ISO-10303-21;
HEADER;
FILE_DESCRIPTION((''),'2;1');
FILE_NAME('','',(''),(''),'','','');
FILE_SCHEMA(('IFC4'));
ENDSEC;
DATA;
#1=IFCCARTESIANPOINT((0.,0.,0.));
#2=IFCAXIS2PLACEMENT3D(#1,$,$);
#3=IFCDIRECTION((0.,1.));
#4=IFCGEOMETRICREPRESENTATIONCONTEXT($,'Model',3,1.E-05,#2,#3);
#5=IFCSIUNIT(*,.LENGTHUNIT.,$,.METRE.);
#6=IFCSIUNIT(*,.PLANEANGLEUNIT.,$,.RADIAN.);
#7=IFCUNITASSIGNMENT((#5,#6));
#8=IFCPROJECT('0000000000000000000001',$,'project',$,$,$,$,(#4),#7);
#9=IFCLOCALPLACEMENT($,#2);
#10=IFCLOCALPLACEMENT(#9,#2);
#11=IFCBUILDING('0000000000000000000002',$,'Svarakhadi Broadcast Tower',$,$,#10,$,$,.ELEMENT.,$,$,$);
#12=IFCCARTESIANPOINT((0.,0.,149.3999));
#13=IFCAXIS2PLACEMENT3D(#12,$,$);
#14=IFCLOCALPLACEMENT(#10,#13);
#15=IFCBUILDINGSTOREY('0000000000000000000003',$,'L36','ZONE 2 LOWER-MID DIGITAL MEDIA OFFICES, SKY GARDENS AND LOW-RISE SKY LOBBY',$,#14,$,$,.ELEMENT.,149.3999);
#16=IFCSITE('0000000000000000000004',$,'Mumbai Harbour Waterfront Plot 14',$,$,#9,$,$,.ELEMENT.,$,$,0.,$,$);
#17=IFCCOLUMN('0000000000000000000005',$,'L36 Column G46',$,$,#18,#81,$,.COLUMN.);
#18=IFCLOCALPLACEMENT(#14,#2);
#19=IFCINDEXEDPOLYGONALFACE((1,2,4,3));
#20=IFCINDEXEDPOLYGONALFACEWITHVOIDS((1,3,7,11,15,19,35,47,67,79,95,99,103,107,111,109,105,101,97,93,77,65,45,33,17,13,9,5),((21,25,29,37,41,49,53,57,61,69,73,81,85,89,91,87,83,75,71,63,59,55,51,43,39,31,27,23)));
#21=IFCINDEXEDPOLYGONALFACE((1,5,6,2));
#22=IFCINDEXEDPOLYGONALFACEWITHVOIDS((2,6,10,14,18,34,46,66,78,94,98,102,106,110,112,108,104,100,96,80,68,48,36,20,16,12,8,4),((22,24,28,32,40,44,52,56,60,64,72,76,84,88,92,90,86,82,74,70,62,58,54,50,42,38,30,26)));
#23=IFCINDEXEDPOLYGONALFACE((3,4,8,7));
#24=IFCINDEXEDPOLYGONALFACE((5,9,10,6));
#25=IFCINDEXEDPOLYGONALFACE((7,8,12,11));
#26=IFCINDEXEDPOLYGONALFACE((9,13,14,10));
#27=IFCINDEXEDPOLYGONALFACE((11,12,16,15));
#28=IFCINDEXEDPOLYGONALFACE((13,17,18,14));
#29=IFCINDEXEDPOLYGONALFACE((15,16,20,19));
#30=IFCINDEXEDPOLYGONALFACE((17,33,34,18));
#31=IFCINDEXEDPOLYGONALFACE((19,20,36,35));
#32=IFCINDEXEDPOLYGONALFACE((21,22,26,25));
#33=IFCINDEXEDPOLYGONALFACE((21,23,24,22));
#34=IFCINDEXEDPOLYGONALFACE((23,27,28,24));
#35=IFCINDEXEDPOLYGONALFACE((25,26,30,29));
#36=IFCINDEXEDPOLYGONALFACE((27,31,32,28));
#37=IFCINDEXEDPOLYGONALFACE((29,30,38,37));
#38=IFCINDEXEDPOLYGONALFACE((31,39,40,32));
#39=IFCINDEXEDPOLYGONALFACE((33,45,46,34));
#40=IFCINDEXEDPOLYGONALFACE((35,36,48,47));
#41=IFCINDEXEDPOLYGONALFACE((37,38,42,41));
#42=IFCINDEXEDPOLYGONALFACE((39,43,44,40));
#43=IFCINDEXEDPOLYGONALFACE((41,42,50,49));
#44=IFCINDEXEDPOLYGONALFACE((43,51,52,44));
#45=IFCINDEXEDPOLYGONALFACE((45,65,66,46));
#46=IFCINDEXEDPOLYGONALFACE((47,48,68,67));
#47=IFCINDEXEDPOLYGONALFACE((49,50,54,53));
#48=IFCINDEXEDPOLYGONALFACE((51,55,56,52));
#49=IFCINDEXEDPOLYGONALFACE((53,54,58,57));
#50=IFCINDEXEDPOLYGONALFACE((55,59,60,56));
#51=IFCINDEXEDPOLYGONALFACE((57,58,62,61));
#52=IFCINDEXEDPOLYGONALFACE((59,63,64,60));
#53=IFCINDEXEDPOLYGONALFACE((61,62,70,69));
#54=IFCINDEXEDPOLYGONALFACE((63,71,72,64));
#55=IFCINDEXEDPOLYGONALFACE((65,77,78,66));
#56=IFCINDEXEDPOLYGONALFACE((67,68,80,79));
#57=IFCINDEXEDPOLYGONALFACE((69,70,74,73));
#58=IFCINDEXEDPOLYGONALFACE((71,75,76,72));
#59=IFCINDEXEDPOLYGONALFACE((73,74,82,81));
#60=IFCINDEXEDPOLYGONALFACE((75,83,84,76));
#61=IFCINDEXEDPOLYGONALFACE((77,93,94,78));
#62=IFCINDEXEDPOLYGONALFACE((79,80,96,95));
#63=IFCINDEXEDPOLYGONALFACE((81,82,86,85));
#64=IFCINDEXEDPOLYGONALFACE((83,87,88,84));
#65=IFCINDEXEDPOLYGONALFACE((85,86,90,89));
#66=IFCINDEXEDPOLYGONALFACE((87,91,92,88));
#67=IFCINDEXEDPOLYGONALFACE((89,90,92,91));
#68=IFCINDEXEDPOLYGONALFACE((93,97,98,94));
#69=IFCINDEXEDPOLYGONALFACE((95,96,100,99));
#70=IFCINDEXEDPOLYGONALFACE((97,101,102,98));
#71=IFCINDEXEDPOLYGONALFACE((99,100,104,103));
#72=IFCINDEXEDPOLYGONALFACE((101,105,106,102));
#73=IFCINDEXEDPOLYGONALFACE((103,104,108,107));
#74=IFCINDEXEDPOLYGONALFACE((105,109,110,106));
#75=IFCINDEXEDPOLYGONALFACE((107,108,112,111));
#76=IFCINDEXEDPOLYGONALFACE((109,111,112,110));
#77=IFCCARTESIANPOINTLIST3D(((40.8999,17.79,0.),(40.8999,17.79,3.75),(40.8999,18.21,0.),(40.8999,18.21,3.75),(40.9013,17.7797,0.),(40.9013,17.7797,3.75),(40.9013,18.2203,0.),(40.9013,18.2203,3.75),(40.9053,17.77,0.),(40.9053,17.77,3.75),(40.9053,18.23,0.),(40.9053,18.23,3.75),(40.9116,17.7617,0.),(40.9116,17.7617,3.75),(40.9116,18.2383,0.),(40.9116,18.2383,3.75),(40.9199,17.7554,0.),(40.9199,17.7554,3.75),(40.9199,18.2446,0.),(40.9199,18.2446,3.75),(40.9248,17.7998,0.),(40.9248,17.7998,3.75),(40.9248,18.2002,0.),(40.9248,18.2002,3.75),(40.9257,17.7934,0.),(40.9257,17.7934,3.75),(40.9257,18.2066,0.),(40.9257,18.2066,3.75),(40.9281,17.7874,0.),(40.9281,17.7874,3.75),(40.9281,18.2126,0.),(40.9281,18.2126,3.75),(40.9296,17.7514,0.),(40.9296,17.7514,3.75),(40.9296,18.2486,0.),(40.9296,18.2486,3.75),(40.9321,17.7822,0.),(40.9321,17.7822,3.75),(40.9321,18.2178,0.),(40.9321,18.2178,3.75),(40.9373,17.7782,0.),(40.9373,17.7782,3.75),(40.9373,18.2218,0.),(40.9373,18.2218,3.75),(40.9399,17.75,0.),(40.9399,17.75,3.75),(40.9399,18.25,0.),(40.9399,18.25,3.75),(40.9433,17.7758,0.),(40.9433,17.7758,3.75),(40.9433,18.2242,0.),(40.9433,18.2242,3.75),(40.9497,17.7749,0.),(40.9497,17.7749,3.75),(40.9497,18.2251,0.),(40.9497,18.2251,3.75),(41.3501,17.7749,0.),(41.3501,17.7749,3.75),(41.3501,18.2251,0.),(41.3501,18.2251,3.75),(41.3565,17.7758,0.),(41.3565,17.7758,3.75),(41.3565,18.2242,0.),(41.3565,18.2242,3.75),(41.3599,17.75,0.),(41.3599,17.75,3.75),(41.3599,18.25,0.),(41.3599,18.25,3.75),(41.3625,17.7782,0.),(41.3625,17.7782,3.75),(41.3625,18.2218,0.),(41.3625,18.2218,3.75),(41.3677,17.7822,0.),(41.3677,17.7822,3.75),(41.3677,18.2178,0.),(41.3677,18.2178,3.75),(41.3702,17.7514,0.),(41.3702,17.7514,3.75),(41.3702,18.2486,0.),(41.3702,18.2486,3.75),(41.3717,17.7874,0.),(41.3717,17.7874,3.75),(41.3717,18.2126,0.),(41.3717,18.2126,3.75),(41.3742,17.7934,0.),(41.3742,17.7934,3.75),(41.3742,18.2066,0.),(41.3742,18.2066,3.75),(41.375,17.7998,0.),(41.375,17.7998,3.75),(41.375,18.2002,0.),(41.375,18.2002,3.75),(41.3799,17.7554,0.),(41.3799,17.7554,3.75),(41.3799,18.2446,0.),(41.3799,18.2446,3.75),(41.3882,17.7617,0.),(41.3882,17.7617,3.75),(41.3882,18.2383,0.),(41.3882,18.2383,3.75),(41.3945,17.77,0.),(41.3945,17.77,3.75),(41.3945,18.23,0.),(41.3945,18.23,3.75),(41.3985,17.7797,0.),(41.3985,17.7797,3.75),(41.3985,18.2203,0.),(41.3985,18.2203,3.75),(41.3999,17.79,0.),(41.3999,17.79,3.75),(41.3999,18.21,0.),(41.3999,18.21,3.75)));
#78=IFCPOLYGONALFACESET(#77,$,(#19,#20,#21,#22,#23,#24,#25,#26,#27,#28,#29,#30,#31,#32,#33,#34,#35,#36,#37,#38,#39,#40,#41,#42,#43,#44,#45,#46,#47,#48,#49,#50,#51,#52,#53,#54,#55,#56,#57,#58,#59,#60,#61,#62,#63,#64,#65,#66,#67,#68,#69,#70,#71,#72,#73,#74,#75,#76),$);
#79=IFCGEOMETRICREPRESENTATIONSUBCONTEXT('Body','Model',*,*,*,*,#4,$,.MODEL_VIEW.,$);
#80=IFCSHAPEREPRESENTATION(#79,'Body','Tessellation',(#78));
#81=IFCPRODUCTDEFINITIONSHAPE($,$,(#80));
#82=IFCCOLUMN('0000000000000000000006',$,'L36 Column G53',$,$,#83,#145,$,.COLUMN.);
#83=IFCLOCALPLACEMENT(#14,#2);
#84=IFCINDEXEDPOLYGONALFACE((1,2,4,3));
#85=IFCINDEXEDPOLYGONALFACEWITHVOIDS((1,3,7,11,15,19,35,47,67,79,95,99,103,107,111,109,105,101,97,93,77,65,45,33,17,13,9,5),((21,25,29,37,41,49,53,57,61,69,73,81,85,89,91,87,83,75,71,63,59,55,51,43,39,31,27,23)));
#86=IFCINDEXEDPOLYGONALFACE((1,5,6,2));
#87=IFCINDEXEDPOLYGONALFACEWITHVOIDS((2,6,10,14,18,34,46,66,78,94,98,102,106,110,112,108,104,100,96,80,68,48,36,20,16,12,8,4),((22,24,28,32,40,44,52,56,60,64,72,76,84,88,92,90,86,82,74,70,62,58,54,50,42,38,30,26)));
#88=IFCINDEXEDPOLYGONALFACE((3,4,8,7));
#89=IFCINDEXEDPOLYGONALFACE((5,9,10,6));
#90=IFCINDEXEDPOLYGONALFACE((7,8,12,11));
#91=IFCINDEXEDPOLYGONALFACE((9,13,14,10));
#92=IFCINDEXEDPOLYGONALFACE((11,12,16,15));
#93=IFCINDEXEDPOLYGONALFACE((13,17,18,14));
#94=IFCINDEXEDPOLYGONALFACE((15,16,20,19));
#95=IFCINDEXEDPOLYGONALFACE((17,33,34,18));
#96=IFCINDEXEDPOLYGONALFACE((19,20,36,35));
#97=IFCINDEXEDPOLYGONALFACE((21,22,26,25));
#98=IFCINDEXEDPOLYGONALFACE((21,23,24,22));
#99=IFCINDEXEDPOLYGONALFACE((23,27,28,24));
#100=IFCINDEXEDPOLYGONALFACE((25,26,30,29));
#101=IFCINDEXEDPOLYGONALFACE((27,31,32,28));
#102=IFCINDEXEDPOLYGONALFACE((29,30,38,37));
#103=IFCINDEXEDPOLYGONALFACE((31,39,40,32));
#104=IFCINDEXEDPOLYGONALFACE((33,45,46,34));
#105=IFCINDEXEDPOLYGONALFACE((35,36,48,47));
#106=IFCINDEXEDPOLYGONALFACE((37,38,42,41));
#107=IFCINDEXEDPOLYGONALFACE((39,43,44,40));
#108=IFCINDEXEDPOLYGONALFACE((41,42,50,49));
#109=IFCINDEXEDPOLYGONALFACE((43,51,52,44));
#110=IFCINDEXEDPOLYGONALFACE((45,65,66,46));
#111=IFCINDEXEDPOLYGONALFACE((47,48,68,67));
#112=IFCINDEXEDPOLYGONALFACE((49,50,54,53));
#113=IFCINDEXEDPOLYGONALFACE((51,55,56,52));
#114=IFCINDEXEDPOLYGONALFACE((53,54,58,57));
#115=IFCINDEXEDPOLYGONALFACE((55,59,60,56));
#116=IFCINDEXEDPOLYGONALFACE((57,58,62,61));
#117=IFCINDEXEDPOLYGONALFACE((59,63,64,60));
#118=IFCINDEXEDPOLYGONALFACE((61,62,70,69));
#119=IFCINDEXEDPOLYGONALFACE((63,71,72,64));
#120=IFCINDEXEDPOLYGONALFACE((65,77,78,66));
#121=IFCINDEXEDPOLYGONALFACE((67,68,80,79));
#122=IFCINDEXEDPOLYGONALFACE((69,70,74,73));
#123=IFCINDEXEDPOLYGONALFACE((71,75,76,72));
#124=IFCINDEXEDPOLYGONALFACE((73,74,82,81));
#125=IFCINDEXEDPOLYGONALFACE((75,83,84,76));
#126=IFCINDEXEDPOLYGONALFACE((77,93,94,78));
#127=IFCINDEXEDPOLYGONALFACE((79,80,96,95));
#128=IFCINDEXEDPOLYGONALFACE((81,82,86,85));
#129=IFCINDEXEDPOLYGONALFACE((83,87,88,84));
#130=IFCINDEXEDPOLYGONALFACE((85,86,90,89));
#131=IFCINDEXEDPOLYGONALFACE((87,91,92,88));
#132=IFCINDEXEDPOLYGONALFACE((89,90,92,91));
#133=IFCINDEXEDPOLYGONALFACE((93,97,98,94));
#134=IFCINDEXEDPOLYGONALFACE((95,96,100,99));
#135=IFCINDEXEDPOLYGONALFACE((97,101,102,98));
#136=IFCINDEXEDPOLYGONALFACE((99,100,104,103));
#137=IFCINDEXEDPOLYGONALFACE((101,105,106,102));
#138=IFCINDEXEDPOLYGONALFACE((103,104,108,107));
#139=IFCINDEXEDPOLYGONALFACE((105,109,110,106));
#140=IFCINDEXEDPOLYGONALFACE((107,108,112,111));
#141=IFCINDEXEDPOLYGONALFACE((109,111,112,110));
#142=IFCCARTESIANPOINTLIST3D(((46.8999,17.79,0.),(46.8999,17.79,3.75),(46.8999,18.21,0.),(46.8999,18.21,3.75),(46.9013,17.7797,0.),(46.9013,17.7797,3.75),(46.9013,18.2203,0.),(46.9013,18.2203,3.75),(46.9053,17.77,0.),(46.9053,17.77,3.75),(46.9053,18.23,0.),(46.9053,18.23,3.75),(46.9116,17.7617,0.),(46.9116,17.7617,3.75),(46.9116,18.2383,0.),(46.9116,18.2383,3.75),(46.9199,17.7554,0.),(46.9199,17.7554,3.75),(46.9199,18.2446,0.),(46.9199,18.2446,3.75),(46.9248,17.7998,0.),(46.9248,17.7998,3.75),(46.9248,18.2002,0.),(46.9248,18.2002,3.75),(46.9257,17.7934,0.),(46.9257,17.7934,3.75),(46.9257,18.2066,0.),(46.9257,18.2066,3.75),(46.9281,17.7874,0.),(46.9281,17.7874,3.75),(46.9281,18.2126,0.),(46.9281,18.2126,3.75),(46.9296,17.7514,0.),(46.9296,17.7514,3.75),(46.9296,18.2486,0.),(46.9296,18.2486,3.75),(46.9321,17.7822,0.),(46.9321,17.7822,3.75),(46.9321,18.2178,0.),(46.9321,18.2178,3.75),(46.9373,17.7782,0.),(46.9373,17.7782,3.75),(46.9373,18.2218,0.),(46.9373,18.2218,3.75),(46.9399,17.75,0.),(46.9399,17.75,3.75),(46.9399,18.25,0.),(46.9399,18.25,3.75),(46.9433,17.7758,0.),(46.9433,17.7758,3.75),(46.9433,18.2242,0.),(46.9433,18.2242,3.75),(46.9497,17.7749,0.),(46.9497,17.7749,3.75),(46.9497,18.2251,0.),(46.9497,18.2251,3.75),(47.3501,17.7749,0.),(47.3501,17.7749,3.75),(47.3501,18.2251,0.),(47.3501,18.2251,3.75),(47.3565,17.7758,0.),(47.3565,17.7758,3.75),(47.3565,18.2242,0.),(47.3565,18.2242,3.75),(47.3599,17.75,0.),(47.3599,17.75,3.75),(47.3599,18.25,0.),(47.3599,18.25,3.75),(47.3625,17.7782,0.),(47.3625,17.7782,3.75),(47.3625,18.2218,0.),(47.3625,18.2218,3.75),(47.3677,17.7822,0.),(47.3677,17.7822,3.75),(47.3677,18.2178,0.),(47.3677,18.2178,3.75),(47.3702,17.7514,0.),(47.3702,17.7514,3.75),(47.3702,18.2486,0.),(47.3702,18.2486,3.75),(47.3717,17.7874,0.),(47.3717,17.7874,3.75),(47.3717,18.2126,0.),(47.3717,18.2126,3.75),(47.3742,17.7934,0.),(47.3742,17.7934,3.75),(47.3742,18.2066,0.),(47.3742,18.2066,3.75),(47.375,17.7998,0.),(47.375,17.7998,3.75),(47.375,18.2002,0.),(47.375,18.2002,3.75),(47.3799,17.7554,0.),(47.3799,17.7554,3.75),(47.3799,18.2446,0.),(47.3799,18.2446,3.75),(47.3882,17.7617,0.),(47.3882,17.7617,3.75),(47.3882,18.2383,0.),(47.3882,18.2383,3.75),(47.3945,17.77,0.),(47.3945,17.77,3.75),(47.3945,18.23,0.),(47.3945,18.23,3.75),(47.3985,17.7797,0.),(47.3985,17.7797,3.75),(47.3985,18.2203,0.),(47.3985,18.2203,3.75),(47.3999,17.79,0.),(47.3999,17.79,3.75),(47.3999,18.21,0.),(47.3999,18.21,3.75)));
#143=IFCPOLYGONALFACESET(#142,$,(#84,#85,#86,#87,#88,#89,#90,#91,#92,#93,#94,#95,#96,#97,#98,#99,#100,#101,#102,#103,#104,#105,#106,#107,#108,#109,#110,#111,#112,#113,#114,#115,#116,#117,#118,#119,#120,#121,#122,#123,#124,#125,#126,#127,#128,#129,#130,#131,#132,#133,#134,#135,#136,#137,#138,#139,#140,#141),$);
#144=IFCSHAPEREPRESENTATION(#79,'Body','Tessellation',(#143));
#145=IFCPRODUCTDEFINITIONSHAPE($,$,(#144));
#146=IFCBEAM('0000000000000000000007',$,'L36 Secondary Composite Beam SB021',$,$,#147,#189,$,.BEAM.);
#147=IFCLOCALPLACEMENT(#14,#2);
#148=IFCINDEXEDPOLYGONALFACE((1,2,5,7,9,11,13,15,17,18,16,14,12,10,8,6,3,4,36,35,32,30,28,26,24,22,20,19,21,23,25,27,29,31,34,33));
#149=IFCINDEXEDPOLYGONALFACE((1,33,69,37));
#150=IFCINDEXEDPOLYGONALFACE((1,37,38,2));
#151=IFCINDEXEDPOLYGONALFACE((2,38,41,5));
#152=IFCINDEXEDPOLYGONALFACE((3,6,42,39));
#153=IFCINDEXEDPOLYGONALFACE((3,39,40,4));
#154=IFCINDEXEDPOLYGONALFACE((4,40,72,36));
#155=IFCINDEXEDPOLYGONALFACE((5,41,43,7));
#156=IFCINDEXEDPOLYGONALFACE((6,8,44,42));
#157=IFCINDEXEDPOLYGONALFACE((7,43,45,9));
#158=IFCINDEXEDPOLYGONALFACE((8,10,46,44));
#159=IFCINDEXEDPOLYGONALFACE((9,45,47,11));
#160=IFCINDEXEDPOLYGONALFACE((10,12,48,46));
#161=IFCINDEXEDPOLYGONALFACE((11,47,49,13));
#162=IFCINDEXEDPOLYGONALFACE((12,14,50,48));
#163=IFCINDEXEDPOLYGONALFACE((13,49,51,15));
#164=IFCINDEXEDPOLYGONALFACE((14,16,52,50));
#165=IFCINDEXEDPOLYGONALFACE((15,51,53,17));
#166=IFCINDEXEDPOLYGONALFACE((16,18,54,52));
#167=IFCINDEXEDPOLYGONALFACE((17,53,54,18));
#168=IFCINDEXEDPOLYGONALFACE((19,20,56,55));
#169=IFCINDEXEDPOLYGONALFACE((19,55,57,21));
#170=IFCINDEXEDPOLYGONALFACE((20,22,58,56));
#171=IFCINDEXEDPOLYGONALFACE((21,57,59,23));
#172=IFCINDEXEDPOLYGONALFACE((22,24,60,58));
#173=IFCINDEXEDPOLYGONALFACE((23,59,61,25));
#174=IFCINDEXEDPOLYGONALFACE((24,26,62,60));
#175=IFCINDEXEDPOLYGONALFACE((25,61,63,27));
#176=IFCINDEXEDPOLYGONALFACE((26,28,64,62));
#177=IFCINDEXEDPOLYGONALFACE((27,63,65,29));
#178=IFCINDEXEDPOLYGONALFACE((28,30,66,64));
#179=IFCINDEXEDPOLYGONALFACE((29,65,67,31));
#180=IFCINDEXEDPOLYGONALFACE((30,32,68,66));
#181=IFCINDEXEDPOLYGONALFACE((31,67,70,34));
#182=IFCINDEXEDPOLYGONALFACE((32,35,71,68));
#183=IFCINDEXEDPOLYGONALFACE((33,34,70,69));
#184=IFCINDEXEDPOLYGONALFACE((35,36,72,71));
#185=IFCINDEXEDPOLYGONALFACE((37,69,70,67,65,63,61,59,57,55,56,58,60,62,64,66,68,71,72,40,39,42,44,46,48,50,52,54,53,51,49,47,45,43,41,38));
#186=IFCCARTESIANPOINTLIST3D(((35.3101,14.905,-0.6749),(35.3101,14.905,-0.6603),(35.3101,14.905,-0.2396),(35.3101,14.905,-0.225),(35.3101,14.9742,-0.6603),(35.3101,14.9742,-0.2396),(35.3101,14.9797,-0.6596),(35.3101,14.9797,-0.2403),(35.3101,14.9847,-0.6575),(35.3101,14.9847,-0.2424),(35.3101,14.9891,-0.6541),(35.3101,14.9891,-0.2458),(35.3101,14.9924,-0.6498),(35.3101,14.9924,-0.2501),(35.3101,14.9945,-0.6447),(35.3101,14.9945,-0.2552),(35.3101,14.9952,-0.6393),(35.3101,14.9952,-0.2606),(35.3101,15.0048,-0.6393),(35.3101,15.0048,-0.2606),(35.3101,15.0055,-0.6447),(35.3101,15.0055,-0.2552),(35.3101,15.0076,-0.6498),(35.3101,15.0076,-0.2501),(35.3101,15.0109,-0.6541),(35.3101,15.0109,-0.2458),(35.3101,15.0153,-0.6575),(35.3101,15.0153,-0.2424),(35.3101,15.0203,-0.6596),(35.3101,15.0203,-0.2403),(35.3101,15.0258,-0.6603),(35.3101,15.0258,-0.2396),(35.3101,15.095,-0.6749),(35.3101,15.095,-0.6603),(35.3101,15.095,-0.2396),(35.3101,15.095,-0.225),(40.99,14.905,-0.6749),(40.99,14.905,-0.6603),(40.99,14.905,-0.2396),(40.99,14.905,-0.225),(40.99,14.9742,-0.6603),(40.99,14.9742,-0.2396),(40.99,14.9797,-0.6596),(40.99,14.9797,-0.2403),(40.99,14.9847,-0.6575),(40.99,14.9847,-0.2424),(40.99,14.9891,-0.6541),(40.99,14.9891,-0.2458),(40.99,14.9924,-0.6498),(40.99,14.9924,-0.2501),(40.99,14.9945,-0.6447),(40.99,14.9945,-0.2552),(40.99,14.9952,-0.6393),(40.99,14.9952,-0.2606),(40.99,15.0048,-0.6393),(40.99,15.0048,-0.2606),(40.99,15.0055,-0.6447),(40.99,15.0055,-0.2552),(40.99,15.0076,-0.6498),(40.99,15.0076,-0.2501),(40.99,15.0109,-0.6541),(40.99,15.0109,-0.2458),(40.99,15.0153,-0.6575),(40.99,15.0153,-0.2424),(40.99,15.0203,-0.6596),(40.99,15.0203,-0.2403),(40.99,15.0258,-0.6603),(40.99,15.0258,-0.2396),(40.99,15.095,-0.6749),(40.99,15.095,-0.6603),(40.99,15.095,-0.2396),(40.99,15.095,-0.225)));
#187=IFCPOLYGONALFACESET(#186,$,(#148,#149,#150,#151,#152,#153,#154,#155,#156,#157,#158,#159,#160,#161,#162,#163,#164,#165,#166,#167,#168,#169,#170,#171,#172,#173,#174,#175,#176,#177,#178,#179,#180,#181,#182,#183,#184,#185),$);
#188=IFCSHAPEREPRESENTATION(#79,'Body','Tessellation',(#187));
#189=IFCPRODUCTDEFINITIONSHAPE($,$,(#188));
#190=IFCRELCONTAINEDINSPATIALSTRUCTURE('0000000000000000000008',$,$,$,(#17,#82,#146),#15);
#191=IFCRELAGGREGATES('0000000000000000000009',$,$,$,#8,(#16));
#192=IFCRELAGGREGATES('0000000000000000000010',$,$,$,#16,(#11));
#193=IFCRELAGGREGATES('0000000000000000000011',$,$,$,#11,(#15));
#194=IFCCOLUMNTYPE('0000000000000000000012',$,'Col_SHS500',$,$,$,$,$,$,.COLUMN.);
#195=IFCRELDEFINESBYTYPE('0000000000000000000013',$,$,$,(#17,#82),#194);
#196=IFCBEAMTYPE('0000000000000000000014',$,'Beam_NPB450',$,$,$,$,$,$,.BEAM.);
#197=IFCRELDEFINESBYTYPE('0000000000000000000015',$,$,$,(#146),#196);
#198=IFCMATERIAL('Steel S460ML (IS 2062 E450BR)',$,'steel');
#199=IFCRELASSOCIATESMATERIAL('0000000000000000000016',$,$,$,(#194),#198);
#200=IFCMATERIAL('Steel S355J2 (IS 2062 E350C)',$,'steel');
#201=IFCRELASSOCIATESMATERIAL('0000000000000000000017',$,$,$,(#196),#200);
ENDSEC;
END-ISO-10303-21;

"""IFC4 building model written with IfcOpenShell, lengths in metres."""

from ifc_helpers import new_model, si_unit, direction, frame, origin, origin_2d, place, context, subcontext, project, spatial, hollow_rectangle, i_section, extrude, material, material_profile, profile_set, type_object, element, save


model = new_model("IFC4")

# Units and contexts
model_context = context("Model", 3, precision=1e-05, world=origin(), true_north=direction((0.0, 1.0)))
body_context = subcontext(model_context, "Body", "Model", "MODEL_VIEW")
ifc_project = project(units=[si_unit("LENGTHUNIT", "METRE"), si_unit("PLANEANGLEUNIT", "RADIAN")], contexts=[model_context])

# Site, building, storey
site_placement = place(None, origin())
site = spatial("IfcSite", under=ifc_project, at=site_placement, Name="Mumbai Harbour Waterfront Plot 14", CompositionType="ELEMENT", RefElevation=0.0)
building_placement = place(site_placement, origin())
building = spatial("IfcBuilding", under=site, at=building_placement, Name="Svarakhadi Broadcast Tower", CompositionType="ELEMENT")
storey_placement = place(building_placement, frame((0.0, 0.0, 149.3999)))
storey = spatial("IfcBuildingStorey", under=building, at=storey_placement, Name="L36", Description="ZONE 2 LOWER-MID DIGITAL MEDIA OFFICES, SKY GARDENS AND LOW-RISE SKY LOBBY", CompositionType="ELEMENT", Elevation=149.3999)

# Columns
ifc_material_1 = material(Name="Steel S460ML (IS 2062 E450BR)", Category="steel")
ifc_material_profile_1 = material_profile(ifc_material_1, hollow_rectangle(XDim=0.5, YDim=0.5, WallThickness=0.0249, InnerFilletRadius=0.0249, OuterFilletRadius=0.04, at=origin_2d()), Name="SHS 500x500x25")
ifc_profile_set_1 = profile_set([ifc_material_profile_1], Name="Steel S460ML (IS 2062 E450BR)")
column_type_1 = type_object("IfcColumnType", Name="Col_SHS500", PredefinedType="COLUMN", material=ifc_profile_set_1)
for number, where, z_axis, x_axis, name in (
    (1, (41.1499, 18.0, 0.0), (0.0, 0.0, 1.0), (1.0, 0.0, 0.0), "L36 Column G46"),
    (2, (47.1499, 18.0, 0.0), (0.0, 0.0, 1.0), (1.0, 0.0, 0.0), "L36 Column G53"),
):
    element("IfcColumn", number, at=place(storey_placement, frame(where, z_axis=z_axis, x_axis=x_axis)), inside=storey, type_object=column_type_1, Name=name, PredefinedType="COLUMN", context=body_context, shape_type="SweptSolid", body=[
        extrude(hollow_rectangle(XDim=0.5, YDim=0.5, WallThickness=0.0249, InnerFilletRadius=0.0249, OuterFilletRadius=0.04, at=origin_2d()), origin(), (0.0, 0.0, 1.0), 3.75),
    ])

# Beam
ifc_material_2 = material(Name="Steel S355J2 (IS 2062 E350C)", Category="steel")
ifc_material_profile_2 = material_profile(ifc_material_2, i_section(OverallWidth=0.1899, OverallDepth=0.45, WebThickness=0.0095, FlangeThickness=0.0146, FilletRadius=0.021, at=origin_2d()), Name="NPB 450x190x78")
ifc_profile_set_2 = profile_set([ifc_material_profile_2], Name="Steel S355J2 (IS 2062 E350C)")
beam_type_1 = type_object("IfcBeamType", Name="Beam_NPB450", PredefinedType="BEAM", material=ifc_profile_set_2)
for number, where, z_axis, x_axis, name in (
    (3, (35.3101, 15.0, -0.45), (1.0, 0.0, 0.0), (0.0, 1.0, 0.0), "L36 Secondary Composite Beam SB021"),
):
    element("IfcBeam", number, at=place(storey_placement, frame(where, z_axis=z_axis, x_axis=x_axis)), inside=storey, type_object=beam_type_1, Name=name, PredefinedType="BEAM", context=body_context, shape_type="SweptSolid", body=[
        extrude(i_section(OverallWidth=0.1899, OverallDepth=0.45, WebThickness=0.0095, FlangeThickness=0.0146, FilletRadius=0.021, at=origin_2d()), origin(), (0.0, 0.0, 1.0), 5.6799),
    ])

save(model, "model.ifc")
